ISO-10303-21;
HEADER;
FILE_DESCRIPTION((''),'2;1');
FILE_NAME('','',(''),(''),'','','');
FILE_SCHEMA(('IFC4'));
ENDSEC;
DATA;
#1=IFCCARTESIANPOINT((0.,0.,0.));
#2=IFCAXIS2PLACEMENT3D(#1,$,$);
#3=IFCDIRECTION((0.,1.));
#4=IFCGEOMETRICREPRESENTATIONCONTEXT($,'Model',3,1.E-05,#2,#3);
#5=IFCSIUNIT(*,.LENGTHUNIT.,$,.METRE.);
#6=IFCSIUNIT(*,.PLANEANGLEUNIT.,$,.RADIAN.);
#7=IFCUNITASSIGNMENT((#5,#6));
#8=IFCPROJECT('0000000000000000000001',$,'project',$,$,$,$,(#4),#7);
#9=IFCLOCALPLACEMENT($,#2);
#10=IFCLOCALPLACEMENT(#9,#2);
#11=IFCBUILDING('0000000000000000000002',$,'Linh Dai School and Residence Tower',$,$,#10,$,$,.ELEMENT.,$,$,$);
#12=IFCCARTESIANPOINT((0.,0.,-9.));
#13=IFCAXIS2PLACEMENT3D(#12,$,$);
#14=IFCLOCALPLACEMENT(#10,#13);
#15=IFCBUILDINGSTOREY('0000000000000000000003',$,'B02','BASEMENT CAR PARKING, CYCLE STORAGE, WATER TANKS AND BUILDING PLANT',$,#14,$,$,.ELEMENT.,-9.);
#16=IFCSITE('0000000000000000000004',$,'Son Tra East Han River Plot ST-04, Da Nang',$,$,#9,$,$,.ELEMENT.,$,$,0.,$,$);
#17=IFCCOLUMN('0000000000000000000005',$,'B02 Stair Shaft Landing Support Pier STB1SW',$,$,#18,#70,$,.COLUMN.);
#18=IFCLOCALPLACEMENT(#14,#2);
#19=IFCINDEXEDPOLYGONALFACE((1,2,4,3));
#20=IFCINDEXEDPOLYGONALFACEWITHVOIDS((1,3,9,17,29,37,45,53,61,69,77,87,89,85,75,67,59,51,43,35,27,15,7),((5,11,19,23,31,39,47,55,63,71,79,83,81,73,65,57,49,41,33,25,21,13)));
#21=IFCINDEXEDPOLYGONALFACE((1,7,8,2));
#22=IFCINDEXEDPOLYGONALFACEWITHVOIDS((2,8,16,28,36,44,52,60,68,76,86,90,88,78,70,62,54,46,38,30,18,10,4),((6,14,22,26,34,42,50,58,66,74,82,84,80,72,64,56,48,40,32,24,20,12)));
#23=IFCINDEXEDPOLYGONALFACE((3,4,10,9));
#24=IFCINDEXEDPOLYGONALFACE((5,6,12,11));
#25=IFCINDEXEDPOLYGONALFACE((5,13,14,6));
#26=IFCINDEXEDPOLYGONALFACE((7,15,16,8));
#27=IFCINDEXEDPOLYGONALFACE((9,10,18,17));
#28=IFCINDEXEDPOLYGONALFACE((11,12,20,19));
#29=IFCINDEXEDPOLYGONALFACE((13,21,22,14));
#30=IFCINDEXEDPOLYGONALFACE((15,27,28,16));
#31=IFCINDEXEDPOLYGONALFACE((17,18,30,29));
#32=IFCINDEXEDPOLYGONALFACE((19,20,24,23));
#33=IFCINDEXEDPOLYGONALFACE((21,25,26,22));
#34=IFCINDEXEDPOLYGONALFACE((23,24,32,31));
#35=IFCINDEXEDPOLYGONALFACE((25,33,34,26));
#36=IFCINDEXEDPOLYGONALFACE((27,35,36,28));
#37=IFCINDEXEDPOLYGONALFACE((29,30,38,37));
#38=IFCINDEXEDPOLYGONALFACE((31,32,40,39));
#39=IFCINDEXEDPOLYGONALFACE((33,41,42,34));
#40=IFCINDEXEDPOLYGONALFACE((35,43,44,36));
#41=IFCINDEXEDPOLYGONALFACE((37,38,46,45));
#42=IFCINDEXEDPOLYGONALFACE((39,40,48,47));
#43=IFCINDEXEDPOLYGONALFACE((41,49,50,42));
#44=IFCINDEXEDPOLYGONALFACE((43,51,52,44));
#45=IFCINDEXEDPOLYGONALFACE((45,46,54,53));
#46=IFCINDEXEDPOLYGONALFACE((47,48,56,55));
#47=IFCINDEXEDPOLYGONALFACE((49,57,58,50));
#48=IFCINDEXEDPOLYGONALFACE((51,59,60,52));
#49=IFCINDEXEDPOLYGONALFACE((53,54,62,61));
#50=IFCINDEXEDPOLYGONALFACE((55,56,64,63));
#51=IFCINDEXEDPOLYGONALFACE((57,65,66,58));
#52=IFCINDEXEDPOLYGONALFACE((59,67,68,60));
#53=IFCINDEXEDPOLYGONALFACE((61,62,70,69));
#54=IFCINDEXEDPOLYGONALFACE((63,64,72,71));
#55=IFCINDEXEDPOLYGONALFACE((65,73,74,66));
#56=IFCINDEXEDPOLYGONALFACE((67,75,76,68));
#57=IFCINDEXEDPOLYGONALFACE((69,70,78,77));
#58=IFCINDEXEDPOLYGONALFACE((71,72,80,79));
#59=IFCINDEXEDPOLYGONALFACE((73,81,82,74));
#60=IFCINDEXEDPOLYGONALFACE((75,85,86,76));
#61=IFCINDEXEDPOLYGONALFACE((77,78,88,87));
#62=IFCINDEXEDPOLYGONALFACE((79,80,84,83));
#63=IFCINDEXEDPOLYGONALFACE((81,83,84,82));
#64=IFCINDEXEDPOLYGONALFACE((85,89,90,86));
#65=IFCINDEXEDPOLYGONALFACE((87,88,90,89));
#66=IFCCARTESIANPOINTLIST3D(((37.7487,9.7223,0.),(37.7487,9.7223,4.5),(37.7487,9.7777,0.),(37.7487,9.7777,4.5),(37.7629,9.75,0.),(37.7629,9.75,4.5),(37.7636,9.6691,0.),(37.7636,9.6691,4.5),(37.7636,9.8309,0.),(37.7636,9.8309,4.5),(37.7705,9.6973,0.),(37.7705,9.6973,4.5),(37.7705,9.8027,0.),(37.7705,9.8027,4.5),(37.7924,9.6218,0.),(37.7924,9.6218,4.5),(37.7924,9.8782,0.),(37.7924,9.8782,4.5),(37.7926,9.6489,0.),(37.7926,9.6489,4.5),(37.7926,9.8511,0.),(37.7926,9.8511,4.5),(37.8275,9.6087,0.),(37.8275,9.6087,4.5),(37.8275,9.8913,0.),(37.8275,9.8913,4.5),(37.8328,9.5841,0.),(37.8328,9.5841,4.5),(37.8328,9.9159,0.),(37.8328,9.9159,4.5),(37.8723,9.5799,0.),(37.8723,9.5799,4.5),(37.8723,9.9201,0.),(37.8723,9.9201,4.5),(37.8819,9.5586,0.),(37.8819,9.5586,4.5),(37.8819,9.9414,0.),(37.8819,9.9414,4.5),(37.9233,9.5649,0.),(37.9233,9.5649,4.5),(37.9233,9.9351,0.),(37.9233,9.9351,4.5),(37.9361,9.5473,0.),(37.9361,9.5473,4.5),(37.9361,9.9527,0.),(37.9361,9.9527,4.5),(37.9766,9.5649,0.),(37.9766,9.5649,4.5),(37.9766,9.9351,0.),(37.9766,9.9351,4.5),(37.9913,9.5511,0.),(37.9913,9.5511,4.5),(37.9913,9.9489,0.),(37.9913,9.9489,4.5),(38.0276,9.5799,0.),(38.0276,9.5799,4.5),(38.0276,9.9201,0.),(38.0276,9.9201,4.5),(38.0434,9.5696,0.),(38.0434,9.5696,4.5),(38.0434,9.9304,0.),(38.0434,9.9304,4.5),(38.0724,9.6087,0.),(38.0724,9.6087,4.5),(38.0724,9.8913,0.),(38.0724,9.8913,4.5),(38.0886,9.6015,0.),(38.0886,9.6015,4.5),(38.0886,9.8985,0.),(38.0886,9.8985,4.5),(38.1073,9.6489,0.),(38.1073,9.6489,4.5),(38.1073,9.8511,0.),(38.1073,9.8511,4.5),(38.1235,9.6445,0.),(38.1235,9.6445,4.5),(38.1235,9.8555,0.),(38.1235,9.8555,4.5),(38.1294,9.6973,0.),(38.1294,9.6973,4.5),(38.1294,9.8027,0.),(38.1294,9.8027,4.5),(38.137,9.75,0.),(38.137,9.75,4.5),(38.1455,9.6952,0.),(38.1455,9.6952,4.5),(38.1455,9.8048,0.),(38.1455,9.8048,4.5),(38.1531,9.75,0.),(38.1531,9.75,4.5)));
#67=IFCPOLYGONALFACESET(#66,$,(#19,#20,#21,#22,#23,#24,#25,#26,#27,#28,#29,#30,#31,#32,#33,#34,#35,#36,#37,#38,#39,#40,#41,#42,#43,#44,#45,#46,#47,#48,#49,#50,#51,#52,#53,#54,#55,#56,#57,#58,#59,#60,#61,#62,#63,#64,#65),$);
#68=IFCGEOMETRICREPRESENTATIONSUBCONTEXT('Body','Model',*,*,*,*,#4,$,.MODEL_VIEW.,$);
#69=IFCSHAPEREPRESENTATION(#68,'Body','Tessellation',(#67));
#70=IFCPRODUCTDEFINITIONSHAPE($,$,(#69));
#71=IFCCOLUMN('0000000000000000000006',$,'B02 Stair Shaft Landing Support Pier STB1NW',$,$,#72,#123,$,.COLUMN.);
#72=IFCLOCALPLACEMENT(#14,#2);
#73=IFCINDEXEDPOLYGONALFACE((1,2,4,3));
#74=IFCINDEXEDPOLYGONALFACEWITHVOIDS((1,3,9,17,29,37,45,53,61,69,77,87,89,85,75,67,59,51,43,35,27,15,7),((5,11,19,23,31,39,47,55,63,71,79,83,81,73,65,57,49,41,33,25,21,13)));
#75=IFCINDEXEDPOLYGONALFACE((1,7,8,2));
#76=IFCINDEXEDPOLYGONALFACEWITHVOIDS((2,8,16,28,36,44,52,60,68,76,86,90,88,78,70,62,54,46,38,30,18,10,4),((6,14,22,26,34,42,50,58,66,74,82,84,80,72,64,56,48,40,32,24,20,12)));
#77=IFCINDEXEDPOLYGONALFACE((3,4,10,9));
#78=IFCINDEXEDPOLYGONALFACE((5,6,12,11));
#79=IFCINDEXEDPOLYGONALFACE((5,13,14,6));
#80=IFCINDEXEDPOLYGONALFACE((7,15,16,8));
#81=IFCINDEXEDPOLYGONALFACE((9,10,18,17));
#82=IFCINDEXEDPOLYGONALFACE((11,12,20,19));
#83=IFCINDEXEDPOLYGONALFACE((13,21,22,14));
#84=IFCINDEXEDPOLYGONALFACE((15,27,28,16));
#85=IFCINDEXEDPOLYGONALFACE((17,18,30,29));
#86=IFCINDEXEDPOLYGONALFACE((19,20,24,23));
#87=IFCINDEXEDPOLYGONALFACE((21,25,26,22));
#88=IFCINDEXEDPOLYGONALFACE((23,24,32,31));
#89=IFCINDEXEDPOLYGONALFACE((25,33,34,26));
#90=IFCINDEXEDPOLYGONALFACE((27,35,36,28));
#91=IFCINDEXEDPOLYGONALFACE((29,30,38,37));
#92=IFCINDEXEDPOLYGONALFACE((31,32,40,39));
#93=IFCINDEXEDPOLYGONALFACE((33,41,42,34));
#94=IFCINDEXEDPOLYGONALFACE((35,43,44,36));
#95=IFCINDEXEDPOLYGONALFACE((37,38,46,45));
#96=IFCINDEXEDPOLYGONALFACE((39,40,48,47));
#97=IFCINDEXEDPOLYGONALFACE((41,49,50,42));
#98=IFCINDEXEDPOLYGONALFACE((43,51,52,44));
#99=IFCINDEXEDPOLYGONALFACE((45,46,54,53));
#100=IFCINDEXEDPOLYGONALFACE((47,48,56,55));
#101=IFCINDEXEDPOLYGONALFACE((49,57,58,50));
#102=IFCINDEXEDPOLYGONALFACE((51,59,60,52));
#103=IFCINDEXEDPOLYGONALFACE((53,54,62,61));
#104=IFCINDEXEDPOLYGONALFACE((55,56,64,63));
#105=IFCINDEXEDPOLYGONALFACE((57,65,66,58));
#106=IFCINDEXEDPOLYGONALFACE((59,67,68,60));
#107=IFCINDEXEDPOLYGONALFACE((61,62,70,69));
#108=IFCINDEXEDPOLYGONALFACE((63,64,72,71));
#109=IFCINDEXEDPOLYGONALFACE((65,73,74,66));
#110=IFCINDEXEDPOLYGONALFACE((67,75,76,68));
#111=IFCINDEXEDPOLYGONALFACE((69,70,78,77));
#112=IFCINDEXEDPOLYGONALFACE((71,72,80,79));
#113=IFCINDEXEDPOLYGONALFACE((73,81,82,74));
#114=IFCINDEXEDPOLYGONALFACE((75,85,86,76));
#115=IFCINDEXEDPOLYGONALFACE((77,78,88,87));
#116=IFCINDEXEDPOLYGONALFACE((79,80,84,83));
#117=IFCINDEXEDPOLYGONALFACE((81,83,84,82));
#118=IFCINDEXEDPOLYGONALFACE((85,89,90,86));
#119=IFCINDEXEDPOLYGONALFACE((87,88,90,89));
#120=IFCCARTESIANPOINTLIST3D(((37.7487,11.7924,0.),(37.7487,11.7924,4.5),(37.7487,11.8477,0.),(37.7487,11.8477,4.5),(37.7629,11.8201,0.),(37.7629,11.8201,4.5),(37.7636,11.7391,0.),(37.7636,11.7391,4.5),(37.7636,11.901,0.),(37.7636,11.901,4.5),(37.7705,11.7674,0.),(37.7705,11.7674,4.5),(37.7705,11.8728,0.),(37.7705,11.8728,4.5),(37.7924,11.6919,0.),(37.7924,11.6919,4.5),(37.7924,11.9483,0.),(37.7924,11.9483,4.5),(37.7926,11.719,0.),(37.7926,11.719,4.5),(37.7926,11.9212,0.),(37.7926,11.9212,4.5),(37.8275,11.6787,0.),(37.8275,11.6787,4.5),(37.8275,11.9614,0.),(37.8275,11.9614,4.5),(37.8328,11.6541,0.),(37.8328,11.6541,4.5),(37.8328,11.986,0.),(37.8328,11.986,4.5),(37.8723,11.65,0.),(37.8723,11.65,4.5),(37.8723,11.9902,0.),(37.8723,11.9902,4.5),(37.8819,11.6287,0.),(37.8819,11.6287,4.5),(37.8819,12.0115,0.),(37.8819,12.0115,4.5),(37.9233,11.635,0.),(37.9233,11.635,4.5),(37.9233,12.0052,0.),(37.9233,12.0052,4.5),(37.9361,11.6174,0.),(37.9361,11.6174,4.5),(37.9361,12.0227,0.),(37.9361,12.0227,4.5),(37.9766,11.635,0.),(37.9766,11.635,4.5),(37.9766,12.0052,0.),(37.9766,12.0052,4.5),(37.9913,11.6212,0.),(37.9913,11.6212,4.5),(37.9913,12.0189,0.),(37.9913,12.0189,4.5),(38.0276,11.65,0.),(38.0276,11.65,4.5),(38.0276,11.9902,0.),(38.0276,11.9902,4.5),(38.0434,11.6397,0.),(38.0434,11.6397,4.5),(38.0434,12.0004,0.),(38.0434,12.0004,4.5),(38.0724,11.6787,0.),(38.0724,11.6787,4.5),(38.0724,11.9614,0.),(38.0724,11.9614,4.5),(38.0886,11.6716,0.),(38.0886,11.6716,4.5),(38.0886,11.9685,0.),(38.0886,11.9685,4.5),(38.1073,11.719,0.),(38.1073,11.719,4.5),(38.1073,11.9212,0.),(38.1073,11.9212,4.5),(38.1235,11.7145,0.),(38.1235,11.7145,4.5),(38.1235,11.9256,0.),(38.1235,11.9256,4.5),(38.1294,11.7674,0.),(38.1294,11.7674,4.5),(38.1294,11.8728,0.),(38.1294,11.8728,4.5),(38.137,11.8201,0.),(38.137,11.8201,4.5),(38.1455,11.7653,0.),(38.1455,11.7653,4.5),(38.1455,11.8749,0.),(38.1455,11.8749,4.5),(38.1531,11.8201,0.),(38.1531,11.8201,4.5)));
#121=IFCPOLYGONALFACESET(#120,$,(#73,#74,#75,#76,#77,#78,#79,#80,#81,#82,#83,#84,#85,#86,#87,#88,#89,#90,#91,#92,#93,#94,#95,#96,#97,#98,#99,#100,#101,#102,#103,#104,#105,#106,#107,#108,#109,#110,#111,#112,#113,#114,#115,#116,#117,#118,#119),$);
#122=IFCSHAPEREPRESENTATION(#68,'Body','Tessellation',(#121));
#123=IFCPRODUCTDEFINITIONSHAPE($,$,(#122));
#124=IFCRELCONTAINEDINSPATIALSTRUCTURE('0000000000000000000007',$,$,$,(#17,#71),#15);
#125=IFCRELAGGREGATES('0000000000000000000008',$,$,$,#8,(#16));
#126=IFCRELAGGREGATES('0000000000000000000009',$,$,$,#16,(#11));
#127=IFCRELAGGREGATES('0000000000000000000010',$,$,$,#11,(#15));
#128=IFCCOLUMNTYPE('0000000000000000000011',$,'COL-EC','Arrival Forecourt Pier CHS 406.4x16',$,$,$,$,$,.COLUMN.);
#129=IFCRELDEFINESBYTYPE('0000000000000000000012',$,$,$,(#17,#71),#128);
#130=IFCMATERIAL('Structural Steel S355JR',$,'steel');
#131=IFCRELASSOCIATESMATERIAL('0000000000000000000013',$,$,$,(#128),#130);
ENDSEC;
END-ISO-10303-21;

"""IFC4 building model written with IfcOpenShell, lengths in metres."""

from ifc_helpers import new_model, si_unit, direction, frame, origin, origin_2d, place, context, subcontext, project, spatial, hollow_circle, extrude, material, material_profile, profile_set, type_object, element, save


model = new_model("IFC4")

# Units and contexts
model_context = context("Model", 3, precision=1e-05, world=origin(), true_north=direction((0.0, 1.0)))
body_context = subcontext(model_context, "Body", "Model", "MODEL_VIEW")
ifc_project = project(units=[si_unit("LENGTHUNIT", "METRE"), si_unit("PLANEANGLEUNIT", "RADIAN")], contexts=[model_context])

# Site, building, storey
site_placement = place(None, origin())
site = spatial("IfcSite", under=ifc_project, at=site_placement, Name="Son Tra East Han River Plot ST-04, Da Nang", CompositionType="ELEMENT", RefElevation=0.0)
building_placement = place(site_placement, origin())
building = spatial("IfcBuilding", under=site, at=building_placement, Name="Linh Dai School and Residence Tower", CompositionType="ELEMENT")
storey_placement = place(building_placement, frame((0.0, 0.0, -9.0)))
storey = spatial("IfcBuildingStorey", under=building, at=storey_placement, Name="B02", Description="BASEMENT CAR PARKING, CYCLE STORAGE, WATER TANKS AND BUILDING PLANT", CompositionType="ELEMENT", Elevation=-9.0)

# Columns
ifc_material_1 = material(Name="Structural Steel S355JR", Category="steel")
ifc_material_profile_1 = material_profile(ifc_material_1, hollow_circle(Radius=0.2031, WallThickness=0.0161, at=origin_2d()), Name="CHS 406.4x16")
ifc_profile_set_1 = profile_set([ifc_material_profile_1], Name="Structural Steel S355JR")
column_type_1 = type_object("IfcColumnType", Name="COL-EC", Description="Arrival Forecourt Pier CHS 406.4x16", PredefinedType="COLUMN", material=ifc_profile_set_1)
for number, where, z_axis, x_axis, name in (
    (1, (37.95, 9.75, 0.0), (0.0, 0.0, 1.0), (1.0, 0.0, 0.0), "B02 Stair Shaft Landing Support Pier STB1SW"),
    (2, (37.95, 11.8201, 0.0), (0.0, 0.0, 1.0), (1.0, 0.0, 0.0), "B02 Stair Shaft Landing Support Pier STB1NW"),
):
    element("IfcColumn", number, at=place(storey_placement, frame(where, z_axis=z_axis, x_axis=x_axis)), inside=storey, type_object=column_type_1, Name=name, PredefinedType="COLUMN", context=body_context, shape_type="SweptSolid", body=[
        extrude(hollow_circle(Radius=0.2031, WallThickness=0.0161, at=origin_2d()), origin(), (0.0, 0.0, 1.0), 4.5),
    ])

save(model, "model.ifc")
